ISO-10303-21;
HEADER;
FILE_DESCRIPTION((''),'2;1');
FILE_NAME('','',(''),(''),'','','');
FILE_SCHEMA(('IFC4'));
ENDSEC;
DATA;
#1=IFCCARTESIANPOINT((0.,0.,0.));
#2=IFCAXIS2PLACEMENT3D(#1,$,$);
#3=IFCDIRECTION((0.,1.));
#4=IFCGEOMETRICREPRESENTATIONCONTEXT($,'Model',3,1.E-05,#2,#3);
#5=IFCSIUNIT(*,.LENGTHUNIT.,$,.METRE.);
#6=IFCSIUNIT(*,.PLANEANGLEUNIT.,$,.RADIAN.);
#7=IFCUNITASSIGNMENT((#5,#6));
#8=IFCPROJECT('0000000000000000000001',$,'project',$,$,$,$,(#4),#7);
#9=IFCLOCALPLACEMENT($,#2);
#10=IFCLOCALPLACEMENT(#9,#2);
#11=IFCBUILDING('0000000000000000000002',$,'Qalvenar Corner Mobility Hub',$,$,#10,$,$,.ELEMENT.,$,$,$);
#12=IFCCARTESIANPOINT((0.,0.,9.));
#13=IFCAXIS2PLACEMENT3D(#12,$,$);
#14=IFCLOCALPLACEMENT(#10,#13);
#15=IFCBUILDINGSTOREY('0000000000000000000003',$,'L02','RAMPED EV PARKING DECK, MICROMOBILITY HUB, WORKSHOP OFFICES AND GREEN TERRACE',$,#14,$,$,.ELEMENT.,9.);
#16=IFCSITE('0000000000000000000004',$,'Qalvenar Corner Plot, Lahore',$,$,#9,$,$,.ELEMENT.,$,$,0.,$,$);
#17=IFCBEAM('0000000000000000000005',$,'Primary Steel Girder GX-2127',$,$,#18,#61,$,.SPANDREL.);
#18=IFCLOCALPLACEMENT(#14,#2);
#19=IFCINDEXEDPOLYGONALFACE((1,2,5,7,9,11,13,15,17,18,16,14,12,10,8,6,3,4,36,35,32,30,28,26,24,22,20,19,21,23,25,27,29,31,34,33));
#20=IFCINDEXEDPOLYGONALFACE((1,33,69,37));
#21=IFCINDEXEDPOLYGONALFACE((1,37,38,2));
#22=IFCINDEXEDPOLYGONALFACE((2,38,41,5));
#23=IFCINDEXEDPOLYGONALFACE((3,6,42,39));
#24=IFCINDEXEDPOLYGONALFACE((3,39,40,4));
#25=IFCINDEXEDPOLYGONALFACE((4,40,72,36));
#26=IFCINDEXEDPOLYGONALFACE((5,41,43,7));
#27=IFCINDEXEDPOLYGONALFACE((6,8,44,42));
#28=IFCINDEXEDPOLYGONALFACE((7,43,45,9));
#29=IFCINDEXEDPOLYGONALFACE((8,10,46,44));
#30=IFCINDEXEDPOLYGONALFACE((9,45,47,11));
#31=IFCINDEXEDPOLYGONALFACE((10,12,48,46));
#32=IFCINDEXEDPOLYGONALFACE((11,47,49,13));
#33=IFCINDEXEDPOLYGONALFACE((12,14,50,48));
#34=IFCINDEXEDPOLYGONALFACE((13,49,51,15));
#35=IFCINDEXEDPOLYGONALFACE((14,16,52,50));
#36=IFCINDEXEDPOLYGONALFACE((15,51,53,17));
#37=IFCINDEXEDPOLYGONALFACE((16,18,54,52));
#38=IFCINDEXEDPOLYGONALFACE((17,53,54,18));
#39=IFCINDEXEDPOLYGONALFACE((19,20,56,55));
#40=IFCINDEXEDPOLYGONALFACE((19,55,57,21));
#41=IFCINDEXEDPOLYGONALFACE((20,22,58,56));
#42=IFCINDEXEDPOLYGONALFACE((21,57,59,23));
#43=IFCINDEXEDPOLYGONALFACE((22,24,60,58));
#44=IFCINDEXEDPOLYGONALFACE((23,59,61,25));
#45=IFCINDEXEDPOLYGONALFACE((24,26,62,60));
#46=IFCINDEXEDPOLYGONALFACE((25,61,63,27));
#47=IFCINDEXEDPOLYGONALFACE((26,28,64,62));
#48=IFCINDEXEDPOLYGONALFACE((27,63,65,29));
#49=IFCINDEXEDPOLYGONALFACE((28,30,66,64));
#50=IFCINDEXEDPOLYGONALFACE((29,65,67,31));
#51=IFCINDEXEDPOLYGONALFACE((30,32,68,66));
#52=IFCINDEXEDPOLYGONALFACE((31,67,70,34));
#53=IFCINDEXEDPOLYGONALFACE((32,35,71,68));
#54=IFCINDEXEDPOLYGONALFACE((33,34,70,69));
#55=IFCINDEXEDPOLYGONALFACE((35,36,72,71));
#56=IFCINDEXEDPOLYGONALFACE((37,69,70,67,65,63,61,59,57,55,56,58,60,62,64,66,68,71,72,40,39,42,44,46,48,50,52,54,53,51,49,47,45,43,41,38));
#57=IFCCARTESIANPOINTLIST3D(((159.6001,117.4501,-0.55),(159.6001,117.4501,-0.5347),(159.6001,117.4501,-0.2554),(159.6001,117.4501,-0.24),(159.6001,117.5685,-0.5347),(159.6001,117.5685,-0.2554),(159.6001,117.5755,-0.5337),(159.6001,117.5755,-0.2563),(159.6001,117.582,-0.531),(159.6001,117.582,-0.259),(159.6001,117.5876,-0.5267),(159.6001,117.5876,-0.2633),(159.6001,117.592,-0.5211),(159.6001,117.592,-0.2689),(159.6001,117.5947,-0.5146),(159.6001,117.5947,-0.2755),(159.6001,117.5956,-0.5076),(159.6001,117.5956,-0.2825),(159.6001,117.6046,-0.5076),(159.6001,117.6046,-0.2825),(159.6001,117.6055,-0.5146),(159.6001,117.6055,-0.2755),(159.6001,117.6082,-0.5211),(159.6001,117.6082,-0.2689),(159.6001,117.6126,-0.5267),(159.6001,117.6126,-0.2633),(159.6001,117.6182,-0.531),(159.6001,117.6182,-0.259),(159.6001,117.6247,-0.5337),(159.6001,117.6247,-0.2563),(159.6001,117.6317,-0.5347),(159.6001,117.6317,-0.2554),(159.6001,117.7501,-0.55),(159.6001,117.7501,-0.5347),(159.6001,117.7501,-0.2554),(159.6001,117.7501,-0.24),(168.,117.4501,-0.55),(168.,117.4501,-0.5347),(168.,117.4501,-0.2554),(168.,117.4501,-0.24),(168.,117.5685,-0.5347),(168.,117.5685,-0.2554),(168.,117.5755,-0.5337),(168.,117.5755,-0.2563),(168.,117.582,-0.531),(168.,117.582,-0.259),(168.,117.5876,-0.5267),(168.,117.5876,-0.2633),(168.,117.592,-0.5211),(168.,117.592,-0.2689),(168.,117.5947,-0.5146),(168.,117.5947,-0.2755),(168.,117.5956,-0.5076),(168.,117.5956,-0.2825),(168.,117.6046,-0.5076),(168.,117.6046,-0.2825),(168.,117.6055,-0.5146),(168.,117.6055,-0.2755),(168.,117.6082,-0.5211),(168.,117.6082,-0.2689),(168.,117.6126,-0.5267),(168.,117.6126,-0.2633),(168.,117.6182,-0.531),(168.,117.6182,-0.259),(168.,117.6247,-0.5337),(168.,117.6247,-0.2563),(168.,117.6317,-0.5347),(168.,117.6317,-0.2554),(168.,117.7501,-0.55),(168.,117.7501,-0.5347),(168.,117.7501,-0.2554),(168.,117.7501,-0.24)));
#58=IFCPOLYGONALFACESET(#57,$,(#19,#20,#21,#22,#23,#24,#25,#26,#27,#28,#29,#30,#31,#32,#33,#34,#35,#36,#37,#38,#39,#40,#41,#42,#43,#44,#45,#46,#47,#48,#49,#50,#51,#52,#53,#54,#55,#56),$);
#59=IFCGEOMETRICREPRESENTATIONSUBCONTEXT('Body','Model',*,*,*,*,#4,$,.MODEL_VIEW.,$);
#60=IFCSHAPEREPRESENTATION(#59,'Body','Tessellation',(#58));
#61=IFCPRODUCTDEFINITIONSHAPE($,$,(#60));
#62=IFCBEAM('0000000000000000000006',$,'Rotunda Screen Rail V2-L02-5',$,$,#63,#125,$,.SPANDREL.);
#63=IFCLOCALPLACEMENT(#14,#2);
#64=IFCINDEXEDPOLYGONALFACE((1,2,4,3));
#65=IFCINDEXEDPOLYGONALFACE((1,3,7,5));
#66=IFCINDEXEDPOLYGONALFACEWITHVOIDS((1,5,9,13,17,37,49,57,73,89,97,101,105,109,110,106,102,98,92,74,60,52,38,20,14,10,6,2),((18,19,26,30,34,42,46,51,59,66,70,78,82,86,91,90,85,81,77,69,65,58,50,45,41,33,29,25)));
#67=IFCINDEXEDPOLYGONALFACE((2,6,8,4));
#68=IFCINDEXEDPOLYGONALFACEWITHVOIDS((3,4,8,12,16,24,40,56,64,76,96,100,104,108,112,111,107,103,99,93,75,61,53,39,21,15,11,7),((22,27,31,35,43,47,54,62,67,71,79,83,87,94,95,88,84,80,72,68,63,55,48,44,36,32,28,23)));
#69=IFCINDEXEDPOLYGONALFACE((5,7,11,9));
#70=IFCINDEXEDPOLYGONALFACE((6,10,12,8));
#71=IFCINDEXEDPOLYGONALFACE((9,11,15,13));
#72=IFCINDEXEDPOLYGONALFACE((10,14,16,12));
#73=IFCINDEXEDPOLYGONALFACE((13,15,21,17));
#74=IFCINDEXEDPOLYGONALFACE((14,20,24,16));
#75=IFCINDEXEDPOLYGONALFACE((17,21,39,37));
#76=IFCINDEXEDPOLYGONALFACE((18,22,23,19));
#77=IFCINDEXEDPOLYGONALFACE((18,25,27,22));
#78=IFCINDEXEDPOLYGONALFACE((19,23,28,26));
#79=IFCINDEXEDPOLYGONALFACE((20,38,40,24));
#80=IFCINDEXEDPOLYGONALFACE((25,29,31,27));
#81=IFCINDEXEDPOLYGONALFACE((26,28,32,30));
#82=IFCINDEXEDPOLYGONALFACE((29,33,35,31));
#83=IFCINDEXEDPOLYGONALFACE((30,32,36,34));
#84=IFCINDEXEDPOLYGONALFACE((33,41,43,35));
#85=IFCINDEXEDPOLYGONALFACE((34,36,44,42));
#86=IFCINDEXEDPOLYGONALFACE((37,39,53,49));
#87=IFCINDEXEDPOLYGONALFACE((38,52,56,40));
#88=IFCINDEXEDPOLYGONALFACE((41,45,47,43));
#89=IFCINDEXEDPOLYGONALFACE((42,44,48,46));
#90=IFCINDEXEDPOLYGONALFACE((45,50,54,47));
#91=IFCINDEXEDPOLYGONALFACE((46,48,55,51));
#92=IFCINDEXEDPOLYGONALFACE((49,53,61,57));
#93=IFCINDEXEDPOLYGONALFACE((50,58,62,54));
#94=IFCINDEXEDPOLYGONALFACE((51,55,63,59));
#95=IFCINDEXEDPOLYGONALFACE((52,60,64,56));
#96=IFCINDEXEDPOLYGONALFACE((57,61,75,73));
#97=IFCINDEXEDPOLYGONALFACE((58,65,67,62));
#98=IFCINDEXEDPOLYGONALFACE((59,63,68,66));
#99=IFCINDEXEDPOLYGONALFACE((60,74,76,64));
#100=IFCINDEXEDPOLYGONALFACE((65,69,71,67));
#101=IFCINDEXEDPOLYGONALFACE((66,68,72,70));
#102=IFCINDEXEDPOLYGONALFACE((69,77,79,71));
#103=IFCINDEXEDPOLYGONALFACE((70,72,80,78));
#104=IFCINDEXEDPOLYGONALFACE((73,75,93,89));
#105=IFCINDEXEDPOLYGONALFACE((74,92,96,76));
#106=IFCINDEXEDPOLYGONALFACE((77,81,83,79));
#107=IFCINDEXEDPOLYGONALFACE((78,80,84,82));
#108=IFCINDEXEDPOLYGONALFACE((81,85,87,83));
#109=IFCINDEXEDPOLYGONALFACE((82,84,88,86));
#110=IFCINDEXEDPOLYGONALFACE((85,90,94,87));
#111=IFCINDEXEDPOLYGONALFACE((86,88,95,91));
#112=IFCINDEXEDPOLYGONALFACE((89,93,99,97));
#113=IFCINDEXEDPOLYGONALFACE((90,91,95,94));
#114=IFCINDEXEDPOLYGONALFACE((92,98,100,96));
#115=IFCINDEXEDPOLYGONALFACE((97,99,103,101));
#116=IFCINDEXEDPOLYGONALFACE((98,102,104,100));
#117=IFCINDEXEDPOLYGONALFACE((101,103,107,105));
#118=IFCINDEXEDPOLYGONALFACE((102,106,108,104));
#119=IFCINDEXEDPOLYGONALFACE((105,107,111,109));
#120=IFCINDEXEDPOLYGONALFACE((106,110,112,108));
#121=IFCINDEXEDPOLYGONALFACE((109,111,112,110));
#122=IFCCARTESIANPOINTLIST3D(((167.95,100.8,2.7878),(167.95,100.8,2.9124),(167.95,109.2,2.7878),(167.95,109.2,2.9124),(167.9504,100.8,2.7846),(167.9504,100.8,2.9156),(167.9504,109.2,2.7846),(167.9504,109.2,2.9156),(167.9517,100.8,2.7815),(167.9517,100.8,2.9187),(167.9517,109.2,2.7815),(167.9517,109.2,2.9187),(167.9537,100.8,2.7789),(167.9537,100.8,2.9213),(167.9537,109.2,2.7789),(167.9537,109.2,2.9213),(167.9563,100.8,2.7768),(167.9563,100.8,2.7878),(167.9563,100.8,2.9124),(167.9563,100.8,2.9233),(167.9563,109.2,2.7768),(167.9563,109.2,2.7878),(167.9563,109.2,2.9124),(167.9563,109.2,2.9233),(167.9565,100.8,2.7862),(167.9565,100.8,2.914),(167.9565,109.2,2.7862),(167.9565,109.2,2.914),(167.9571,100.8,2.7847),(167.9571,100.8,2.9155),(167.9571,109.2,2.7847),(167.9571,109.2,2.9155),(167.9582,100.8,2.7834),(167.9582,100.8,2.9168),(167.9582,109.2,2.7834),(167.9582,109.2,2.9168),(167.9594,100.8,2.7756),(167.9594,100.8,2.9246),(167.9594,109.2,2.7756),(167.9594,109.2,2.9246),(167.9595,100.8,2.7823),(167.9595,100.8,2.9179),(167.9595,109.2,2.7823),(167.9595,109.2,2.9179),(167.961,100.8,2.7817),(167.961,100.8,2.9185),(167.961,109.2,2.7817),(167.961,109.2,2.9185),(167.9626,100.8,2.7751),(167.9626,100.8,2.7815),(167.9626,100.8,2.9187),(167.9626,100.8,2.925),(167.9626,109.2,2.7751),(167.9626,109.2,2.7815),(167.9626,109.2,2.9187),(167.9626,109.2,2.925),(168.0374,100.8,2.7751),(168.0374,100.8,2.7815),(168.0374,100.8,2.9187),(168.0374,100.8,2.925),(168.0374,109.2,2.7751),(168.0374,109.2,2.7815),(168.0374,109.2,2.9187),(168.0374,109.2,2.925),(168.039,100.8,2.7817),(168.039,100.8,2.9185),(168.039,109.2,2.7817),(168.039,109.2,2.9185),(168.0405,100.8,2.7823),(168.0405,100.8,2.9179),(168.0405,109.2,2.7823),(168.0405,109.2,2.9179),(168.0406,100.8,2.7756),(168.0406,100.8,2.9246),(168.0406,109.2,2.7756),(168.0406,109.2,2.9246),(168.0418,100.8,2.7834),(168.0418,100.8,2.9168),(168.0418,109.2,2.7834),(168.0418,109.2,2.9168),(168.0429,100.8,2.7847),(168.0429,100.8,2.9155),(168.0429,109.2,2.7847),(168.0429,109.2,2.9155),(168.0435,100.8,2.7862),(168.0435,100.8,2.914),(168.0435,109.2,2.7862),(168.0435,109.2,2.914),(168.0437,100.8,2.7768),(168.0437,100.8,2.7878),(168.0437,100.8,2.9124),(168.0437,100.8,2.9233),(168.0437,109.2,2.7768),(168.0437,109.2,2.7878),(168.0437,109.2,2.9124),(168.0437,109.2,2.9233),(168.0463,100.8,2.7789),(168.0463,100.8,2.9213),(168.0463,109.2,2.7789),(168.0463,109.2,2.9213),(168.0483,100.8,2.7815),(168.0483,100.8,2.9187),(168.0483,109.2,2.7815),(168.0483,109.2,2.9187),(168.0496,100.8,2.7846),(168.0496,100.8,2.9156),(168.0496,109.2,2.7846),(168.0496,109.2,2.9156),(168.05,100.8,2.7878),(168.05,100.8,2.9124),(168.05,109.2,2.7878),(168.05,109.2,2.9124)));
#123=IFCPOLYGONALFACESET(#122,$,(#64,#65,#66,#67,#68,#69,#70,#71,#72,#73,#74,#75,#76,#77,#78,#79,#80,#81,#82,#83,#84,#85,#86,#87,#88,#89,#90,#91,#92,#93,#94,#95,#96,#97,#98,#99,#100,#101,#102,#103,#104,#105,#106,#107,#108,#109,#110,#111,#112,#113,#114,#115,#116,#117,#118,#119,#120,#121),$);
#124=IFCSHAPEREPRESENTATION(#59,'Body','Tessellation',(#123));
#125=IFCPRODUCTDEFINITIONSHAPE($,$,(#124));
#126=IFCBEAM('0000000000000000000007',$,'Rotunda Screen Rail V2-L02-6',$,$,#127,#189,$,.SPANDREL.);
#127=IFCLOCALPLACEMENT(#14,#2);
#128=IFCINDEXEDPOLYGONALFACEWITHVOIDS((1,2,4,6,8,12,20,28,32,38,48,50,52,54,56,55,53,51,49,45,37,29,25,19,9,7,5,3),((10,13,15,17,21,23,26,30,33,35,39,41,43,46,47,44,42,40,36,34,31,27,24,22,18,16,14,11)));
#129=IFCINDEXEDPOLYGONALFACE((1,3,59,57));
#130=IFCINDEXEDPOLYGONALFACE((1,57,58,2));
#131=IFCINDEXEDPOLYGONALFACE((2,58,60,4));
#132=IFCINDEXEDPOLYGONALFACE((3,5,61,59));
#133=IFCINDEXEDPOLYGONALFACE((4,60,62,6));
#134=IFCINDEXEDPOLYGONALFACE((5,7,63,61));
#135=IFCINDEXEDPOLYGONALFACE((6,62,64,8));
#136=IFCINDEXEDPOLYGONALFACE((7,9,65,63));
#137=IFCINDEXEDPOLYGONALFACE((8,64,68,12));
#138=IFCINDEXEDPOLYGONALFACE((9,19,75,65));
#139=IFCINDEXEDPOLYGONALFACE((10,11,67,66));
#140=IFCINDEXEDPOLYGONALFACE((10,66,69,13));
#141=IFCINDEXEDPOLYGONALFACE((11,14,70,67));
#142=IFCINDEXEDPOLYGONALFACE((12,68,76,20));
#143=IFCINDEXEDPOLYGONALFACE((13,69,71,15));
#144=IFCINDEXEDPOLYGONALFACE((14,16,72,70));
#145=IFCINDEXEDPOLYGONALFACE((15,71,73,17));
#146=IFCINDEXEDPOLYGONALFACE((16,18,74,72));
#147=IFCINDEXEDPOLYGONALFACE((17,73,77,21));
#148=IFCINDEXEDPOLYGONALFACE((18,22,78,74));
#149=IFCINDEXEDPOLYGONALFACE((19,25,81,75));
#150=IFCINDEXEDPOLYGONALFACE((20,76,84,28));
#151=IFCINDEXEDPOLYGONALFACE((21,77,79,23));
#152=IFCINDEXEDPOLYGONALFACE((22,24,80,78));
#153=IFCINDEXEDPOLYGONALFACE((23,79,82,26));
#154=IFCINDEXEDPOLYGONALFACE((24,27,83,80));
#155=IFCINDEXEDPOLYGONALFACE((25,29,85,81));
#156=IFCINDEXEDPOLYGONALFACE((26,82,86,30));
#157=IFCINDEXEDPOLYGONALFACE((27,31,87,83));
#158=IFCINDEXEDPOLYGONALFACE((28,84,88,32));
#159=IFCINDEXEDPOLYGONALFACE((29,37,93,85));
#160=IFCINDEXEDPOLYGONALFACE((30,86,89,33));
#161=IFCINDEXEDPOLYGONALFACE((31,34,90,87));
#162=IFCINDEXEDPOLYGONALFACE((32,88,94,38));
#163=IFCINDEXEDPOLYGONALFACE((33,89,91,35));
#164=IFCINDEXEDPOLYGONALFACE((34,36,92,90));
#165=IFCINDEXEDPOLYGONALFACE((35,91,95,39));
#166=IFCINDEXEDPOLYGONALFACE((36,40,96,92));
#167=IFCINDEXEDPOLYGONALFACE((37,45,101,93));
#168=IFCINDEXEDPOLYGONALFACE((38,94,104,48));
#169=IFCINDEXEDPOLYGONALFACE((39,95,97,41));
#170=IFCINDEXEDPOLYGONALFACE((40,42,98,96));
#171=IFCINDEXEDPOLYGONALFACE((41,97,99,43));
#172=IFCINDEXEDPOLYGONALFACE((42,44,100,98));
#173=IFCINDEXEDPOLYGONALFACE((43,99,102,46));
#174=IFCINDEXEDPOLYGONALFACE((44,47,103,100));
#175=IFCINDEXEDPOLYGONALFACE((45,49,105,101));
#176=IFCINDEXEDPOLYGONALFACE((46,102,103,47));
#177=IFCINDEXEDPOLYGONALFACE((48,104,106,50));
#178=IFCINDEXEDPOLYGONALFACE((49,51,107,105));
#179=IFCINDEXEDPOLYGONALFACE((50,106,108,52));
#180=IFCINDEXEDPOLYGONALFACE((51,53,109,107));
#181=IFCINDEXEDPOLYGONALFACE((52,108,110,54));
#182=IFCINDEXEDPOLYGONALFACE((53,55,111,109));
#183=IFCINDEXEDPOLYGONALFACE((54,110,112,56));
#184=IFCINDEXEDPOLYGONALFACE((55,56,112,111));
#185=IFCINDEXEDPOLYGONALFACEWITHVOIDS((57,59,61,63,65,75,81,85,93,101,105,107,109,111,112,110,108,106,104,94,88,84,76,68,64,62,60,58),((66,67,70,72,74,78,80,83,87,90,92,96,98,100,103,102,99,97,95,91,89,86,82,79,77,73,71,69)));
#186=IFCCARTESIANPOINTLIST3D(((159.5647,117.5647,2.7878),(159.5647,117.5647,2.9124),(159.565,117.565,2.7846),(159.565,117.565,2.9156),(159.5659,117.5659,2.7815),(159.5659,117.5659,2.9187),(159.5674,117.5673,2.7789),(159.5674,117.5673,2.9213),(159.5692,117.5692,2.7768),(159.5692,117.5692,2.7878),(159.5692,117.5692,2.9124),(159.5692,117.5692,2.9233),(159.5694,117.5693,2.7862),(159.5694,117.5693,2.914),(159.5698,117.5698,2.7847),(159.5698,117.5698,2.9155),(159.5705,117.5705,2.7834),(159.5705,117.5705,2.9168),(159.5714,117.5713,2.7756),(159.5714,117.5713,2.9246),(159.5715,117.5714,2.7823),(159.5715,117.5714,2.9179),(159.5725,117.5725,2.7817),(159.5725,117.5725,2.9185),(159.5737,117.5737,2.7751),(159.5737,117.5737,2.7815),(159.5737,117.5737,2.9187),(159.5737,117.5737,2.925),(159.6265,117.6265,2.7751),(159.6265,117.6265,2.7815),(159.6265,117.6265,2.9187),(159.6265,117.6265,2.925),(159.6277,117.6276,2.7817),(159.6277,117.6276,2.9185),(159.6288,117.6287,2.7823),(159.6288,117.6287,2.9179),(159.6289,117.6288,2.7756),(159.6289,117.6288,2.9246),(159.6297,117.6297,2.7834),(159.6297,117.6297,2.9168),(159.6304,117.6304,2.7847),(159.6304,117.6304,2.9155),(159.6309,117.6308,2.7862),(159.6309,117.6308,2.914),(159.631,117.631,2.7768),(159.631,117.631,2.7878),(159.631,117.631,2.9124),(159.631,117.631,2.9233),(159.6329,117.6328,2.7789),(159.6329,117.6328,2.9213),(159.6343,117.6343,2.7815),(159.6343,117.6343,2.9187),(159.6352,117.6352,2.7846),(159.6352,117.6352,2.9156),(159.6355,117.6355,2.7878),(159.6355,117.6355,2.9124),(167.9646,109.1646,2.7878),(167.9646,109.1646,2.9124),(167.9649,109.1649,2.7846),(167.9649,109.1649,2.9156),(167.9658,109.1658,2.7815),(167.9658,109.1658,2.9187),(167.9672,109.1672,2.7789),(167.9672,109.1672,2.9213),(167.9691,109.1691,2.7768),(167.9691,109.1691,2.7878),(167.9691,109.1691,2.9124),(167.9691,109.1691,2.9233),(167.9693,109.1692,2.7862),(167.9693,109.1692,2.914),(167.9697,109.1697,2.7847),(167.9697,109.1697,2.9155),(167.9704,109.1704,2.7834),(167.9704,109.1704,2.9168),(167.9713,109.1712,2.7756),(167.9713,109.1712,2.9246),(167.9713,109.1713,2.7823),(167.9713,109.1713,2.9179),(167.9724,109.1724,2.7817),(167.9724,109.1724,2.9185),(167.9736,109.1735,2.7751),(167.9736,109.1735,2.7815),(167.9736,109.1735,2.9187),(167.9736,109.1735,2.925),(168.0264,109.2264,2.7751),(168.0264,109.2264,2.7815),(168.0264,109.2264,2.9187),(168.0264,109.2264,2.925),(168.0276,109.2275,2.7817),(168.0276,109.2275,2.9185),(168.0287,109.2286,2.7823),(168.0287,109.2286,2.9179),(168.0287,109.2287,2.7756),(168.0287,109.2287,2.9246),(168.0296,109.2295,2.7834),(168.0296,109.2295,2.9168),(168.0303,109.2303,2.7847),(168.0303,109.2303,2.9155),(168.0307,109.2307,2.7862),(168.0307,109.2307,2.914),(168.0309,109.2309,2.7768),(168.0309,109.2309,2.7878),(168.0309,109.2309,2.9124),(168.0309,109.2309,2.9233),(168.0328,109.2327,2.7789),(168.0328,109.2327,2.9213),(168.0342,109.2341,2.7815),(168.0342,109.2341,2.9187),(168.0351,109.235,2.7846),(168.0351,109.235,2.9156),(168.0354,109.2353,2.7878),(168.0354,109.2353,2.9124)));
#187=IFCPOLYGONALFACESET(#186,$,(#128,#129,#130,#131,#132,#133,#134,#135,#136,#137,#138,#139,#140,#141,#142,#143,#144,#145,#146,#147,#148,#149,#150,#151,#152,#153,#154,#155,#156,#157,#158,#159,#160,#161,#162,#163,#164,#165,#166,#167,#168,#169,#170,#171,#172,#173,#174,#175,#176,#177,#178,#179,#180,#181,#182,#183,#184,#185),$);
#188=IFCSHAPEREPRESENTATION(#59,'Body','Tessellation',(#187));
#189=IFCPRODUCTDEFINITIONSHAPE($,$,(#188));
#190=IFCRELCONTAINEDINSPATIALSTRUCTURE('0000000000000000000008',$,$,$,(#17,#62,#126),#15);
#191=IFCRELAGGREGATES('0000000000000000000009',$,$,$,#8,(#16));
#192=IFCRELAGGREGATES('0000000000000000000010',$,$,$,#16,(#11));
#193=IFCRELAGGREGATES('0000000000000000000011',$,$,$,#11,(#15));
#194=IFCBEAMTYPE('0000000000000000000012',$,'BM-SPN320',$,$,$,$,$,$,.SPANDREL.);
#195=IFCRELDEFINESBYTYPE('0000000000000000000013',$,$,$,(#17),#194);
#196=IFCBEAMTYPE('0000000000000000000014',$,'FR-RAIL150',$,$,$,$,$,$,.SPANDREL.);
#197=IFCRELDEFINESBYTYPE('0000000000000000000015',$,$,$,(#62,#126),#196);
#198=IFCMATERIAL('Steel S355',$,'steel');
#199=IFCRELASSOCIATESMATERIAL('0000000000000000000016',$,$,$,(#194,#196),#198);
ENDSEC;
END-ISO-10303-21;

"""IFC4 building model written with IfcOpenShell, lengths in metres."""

from ifc_helpers import new_model, si_unit, direction, frame, origin, origin_2d, place, context, subcontext, project, spatial, hollow_rectangle, i_section, extrude, material, material_profile, profile_set, type_object, element, save


model = new_model("IFC4")

# Units and contexts
model_context = context("Model", 3, precision=1e-05, world=origin(), true_north=direction((0.0, 1.0)))
body_context = subcontext(model_context, "Body", "Model", "MODEL_VIEW")
ifc_project = project(units=[si_unit("LENGTHUNIT", "METRE"), si_unit("PLANEANGLEUNIT", "RADIAN")], contexts=[model_context])

# Site, building, storey
site_placement = place(None, origin())
site = spatial("IfcSite", under=ifc_project, at=site_placement, Name="Qalvenar Corner Plot, Lahore", CompositionType="ELEMENT", RefElevation=0.0)
building_placement = place(site_placement, origin())
building = spatial("IfcBuilding", under=site, at=building_placement, Name="Qalvenar Corner Mobility Hub", CompositionType="ELEMENT")
storey_placement = place(building_placement, frame((0.0, 0.0, 9.0)))
storey = spatial("IfcBuildingStorey", under=building, at=storey_placement, Name="L02", Description="RAMPED EV PARKING DECK, MICROMOBILITY HUB, WORKSHOP OFFICES AND GREEN TERRACE", CompositionType="ELEMENT", Elevation=9.0)

# Shared definitions
ifc_material_1 = material(Name="Steel S355", Category="steel")

# Beams
ifc_material_profile_1 = material_profile(ifc_material_1, i_section(OverallWidth=0.3, OverallDepth=0.3101, WebThickness=0.009, FlangeThickness=0.0154, FilletRadius=0.0271, at=origin_2d()), Name="HEA320")
ifc_profile_set_1 = profile_set([ifc_material_profile_1], Name="Steel S355")
beam_type_1 = type_object("IfcBeamType", Name="BM-SPN320", PredefinedType="SPANDREL", material=ifc_profile_set_1)
beam_1_placement = place(storey_placement, frame((159.6001, 117.6001, -0.395), z_axis=(1.0, 0.0, 0.0), x_axis=(0.0, 1.0, 0.0)))
element("IfcBeam", 1, at=beam_1_placement, inside=storey, type_object=beam_type_1, Name="Primary Steel Girder GX-2127", PredefinedType="SPANDREL", context=body_context, shape_type="SweptSolid", body=[
    extrude(i_section(OverallWidth=0.3, OverallDepth=0.3101, WebThickness=0.009, FlangeThickness=0.0154, FilletRadius=0.0271, at=origin_2d()), origin(), (0.0, 0.0, 1.0), 8.3999),
])
ifc_material_profile_2 = material_profile(ifc_material_1, hollow_rectangle(XDim=0.1001, YDim=0.1499, WallThickness=0.0063, InnerFilletRadius=0.0063, OuterFilletRadius=0.0127, at=origin_2d()), Name="RHS150x100x6.3")
ifc_profile_set_2 = profile_set([ifc_material_profile_2], Name="Steel S355")
beam_type_2 = type_object("IfcBeamType", Name="FR-RAIL150", PredefinedType="SPANDREL", material=ifc_profile_set_2)
beam_2_placement = place(storey_placement, frame((168.0, 100.8, 2.8501), z_axis=(0.0, 1.0, 0.0), x_axis=(-1.0, 0.0, 0.0)))
element("IfcBeam", 2, at=beam_2_placement, inside=storey, type_object=beam_type_2, Name="Rotunda Screen Rail V2-L02-5", PredefinedType="SPANDREL", context=body_context, shape_type="SweptSolid", body=[
    extrude(hollow_rectangle(XDim=0.1001, YDim=0.1499, WallThickness=0.0063, InnerFilletRadius=0.0063, OuterFilletRadius=0.0127, at=origin_2d()), origin(), (0.0, 0.0, 1.0), 8.3999),
])
beam_3_placement = place(storey_placement, frame((168.0, 109.2, 2.8501), z_axis=(-0.707097, 0.707117, 0.0), x_axis=(-0.707117, -0.707097, 0.0)))
element("IfcBeam", 3, at=beam_3_placement, inside=storey, type_object=beam_type_2, Name="Rotunda Screen Rail V2-L02-6", PredefinedType="SPANDREL", context=body_context, shape_type="SweptSolid", body=[
    extrude(hollow_rectangle(XDim=0.1001, YDim=0.1499, WallThickness=0.0063, InnerFilletRadius=0.0063, OuterFilletRadius=0.0127, at=origin_2d()), origin(), (0.0, 0.0, 1.0), 11.8794),
])

save(model, "model.ifc")
